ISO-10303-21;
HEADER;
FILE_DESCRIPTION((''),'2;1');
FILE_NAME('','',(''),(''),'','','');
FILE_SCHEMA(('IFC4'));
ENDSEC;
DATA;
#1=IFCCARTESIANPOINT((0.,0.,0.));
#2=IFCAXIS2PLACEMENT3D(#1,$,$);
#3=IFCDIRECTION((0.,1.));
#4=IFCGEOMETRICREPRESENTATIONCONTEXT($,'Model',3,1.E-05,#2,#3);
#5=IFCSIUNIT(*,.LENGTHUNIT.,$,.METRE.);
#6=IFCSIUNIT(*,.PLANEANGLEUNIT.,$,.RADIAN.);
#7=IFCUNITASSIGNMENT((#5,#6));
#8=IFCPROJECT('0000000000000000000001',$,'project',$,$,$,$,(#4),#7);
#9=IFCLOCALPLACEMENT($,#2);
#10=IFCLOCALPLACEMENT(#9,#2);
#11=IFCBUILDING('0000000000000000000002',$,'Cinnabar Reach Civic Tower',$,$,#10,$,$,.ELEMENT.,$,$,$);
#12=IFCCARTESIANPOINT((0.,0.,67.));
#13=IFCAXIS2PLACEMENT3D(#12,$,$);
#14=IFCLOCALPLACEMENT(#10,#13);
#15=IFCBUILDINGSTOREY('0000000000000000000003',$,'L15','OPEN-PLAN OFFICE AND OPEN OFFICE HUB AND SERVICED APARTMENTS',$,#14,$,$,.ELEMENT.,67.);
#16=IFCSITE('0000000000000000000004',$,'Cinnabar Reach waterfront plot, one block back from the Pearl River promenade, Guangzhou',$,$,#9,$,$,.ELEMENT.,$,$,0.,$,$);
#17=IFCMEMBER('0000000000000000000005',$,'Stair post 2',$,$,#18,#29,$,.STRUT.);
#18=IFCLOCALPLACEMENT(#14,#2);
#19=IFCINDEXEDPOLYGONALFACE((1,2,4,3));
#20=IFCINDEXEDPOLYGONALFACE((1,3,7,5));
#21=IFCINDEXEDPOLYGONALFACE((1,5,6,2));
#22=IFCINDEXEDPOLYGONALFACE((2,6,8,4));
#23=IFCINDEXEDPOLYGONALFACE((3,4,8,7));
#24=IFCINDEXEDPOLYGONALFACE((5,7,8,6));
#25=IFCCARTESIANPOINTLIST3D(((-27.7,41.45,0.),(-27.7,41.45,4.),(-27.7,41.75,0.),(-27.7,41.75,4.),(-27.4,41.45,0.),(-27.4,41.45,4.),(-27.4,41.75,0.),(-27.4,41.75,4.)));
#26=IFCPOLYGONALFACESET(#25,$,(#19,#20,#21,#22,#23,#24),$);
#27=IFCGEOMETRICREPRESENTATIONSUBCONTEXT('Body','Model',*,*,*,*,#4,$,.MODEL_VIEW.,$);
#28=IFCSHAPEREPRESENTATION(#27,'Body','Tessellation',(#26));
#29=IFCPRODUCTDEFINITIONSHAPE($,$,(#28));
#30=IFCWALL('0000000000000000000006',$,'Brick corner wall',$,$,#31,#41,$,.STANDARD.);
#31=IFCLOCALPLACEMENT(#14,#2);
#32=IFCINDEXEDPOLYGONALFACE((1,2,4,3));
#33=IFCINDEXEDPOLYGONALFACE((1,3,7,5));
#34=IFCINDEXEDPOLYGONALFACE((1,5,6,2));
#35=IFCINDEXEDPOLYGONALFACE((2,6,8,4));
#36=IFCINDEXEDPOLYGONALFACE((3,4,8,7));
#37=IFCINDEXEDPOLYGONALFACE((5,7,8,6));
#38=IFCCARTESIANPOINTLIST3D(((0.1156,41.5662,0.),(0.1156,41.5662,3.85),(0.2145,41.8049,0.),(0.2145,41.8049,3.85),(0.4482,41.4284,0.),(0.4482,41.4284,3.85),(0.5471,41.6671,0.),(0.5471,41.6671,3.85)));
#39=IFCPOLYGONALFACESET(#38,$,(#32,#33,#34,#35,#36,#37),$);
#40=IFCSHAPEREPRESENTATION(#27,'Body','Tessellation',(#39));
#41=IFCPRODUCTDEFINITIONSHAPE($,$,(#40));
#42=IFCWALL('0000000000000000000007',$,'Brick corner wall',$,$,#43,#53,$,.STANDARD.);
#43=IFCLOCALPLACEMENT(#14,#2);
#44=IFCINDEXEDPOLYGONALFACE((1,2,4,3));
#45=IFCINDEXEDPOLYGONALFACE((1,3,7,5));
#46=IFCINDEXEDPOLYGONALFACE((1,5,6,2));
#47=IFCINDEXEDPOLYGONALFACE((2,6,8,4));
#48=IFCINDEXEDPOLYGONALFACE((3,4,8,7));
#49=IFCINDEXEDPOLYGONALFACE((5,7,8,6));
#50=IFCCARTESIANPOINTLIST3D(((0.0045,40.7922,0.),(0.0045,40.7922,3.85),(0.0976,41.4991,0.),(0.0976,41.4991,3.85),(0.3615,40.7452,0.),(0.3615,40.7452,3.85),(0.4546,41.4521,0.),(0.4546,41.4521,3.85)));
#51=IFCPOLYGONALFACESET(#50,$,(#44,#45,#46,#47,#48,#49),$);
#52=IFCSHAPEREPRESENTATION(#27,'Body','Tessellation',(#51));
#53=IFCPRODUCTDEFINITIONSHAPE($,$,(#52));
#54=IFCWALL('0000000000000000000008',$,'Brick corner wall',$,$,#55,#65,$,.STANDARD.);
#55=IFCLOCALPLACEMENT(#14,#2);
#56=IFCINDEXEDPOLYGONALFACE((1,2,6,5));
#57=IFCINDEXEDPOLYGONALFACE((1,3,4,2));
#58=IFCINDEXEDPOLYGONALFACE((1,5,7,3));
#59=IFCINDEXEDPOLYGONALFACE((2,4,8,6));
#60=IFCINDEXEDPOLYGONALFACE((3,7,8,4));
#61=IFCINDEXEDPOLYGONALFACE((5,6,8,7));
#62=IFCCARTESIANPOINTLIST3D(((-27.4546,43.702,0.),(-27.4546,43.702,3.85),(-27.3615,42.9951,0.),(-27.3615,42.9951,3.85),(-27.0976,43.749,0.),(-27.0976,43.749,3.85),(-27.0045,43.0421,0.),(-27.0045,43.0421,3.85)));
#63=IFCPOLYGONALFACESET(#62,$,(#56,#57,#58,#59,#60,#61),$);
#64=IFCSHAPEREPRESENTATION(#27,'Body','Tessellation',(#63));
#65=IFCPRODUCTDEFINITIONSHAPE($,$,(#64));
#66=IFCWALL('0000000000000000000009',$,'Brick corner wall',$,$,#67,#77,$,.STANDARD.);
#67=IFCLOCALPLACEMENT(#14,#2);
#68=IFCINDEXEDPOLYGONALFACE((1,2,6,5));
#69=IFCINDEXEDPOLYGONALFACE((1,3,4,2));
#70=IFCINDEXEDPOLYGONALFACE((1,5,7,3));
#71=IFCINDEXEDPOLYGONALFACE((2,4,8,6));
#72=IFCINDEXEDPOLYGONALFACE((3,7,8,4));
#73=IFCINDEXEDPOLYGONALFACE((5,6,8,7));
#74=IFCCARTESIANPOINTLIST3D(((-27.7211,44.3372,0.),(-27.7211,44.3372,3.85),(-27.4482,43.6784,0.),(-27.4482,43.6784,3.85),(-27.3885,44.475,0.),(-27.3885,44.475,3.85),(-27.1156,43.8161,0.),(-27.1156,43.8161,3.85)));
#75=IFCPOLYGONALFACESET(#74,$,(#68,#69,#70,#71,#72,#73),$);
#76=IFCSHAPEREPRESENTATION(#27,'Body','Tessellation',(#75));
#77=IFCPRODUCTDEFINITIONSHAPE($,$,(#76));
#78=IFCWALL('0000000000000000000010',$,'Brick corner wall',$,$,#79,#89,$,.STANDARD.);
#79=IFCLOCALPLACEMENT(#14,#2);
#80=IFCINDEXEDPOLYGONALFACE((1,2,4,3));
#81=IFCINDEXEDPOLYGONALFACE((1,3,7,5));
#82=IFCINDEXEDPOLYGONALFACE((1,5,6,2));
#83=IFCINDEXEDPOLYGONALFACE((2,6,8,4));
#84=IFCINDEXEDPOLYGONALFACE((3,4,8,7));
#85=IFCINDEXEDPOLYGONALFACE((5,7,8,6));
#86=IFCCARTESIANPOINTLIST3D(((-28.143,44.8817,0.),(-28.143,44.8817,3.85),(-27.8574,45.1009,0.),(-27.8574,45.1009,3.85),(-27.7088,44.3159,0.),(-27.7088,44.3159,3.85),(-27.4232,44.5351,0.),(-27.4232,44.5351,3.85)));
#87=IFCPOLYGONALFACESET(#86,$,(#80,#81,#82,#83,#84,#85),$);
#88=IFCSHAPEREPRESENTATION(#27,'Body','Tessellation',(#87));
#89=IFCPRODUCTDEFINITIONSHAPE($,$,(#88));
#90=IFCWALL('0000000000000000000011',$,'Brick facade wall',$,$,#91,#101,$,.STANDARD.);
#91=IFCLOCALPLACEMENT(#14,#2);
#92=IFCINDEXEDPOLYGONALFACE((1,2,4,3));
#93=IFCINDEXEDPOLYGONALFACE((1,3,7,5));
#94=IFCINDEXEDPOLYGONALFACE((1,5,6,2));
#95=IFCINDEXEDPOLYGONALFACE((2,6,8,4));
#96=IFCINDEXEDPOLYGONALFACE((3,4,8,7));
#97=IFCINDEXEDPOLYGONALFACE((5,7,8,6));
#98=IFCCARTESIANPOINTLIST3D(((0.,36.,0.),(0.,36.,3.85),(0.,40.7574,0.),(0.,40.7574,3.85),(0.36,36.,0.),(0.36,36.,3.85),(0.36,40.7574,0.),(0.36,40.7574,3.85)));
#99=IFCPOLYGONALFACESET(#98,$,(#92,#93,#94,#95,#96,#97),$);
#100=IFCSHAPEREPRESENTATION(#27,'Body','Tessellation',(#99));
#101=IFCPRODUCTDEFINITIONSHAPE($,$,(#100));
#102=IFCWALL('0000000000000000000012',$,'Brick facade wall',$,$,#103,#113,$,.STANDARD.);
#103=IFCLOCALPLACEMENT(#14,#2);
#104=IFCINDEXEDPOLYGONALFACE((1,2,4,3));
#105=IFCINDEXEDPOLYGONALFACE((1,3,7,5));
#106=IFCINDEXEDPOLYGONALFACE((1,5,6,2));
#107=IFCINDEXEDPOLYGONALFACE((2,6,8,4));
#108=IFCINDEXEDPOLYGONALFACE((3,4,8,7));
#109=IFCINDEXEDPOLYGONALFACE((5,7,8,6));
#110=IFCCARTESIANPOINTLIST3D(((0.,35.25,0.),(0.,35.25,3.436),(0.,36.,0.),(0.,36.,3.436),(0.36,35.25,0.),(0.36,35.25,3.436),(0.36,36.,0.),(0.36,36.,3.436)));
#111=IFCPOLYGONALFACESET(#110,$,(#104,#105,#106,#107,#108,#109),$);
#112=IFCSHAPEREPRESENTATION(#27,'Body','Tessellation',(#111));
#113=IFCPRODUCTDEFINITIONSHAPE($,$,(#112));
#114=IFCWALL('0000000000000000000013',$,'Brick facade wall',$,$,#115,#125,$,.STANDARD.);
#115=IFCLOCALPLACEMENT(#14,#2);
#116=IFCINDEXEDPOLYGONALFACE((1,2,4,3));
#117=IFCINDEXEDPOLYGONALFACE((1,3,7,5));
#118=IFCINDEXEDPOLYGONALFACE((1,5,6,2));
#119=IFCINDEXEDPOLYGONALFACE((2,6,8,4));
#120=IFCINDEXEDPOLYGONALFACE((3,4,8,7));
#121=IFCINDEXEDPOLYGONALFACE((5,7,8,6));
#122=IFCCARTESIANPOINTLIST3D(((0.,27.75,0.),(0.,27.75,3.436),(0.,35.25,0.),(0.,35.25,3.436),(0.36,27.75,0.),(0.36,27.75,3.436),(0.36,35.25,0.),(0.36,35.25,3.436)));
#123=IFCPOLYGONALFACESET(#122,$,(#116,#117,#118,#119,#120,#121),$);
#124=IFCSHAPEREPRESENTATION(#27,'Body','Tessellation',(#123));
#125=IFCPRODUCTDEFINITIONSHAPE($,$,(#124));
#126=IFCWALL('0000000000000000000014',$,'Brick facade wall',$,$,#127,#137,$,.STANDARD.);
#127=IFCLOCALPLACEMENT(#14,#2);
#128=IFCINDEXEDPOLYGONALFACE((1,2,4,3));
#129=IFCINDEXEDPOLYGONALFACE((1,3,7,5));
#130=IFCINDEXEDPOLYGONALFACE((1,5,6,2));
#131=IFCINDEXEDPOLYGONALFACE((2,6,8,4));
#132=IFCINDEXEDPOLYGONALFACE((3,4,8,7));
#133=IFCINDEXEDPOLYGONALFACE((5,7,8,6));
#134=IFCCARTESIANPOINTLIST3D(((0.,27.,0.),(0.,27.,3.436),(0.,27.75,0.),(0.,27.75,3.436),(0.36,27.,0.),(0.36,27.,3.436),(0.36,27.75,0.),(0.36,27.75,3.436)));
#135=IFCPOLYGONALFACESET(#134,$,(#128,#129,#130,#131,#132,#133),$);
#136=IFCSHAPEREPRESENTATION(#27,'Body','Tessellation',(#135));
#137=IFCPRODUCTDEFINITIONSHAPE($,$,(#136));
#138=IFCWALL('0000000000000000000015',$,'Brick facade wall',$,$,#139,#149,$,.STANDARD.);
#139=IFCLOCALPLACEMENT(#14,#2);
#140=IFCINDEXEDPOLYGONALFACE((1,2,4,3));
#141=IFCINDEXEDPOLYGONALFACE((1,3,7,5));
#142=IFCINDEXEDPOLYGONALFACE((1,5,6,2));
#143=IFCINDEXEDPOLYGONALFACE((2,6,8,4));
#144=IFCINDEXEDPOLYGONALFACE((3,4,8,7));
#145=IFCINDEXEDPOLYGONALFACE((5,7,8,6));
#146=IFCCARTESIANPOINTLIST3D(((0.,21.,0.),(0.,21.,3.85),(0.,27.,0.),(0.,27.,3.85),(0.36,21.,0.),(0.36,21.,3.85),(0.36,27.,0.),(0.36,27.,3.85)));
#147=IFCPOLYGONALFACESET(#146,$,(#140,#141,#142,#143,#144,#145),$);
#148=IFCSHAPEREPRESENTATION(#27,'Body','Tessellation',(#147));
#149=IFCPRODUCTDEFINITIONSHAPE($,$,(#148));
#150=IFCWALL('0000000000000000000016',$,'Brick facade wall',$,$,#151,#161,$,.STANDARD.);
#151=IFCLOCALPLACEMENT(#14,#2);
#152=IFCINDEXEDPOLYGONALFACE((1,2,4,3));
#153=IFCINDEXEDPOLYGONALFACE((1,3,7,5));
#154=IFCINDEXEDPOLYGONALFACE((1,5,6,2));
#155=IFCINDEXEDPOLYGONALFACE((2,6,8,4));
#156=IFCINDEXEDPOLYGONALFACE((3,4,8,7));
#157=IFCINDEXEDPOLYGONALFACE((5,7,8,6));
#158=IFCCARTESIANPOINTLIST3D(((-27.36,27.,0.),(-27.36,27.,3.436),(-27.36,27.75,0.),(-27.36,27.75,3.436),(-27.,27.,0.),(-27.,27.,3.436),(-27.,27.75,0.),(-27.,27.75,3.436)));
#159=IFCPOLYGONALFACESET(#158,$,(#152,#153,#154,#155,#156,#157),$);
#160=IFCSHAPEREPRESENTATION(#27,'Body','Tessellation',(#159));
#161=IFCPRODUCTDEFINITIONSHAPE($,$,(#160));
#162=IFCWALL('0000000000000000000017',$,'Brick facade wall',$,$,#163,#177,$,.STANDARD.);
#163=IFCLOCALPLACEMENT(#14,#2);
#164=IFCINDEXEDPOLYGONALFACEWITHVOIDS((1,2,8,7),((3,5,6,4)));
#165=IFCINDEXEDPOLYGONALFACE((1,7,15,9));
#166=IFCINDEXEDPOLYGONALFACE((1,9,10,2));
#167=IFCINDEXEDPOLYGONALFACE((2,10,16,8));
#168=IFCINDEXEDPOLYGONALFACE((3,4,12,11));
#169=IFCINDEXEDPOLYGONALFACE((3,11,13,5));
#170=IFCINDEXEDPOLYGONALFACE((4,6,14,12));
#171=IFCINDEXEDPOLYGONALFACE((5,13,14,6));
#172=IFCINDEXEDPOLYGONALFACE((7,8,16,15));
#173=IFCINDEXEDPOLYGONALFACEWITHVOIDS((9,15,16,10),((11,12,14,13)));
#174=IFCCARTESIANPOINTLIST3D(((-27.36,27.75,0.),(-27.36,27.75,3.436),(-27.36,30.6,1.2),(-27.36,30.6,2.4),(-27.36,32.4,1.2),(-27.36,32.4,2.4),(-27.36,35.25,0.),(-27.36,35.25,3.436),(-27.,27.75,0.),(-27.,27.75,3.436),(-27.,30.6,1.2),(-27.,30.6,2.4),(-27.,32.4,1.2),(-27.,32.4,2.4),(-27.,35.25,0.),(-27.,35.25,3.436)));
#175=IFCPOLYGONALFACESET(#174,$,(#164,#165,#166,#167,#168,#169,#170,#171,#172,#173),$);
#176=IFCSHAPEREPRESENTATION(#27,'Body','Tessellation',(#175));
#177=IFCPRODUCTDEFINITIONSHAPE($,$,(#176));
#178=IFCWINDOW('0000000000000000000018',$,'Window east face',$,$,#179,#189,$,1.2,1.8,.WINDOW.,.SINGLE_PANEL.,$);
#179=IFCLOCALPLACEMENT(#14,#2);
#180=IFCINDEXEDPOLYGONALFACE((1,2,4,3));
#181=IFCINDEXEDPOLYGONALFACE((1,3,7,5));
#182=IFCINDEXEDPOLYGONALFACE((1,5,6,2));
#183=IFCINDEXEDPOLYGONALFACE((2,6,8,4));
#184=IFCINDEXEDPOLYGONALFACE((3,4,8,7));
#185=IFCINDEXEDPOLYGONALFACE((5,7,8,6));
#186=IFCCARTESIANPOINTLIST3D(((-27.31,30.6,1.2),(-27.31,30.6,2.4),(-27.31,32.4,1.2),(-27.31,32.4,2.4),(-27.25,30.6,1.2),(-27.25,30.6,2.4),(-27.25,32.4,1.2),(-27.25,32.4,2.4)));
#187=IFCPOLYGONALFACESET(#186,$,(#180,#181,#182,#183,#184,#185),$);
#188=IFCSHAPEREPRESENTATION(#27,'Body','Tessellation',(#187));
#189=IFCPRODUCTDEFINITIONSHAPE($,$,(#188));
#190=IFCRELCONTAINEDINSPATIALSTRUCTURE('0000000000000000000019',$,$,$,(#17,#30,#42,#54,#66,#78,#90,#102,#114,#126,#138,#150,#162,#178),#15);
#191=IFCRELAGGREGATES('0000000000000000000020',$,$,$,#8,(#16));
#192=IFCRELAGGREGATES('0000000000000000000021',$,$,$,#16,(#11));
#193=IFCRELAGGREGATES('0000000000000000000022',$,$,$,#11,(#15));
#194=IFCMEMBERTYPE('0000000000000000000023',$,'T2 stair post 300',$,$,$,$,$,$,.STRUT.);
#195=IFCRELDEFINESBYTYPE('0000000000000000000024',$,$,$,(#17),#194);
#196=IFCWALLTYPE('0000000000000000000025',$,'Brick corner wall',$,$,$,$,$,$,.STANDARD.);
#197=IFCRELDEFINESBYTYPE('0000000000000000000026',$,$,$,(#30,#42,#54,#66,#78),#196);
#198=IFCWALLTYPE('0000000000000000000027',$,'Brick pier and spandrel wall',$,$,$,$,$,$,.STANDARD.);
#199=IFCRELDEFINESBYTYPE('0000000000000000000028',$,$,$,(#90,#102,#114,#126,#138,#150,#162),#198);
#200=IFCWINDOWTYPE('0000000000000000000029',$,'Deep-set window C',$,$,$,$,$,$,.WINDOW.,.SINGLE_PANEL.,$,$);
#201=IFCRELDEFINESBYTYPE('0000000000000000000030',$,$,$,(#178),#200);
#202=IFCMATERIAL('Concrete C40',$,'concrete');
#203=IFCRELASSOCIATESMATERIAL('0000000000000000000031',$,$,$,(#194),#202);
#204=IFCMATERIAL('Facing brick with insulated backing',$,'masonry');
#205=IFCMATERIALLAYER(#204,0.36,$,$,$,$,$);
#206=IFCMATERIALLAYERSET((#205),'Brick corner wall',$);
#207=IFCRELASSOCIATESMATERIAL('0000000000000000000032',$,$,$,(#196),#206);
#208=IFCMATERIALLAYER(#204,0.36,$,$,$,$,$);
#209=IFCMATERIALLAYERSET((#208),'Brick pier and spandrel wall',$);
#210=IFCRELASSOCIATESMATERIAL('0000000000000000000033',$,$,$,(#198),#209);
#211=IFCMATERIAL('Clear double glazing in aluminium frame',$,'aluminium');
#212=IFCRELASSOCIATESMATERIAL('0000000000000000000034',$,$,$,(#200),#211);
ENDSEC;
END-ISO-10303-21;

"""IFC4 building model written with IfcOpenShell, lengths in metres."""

from ifc_helpers import new_model, si_unit, direction, frame, frame_2d, origin, origin_2d, place, context, subcontext, project, spatial, rectangle, extrude, material, layer, layer_set, material_profile, profile_set, type_object, element, fill, save


model = new_model("IFC4")

# Units and contexts
model_context = context("Model", 3, precision=1e-05, world=origin(), true_north=direction((0.0, 1.0)))
body_context = subcontext(model_context, "Body", "Model", "MODEL_VIEW")
ifc_project = project(units=[si_unit("LENGTHUNIT", "METRE"), si_unit("PLANEANGLEUNIT", "RADIAN")], contexts=[model_context])

# Site, building, storey
site_placement = place(None, origin())
site = spatial("IfcSite", under=ifc_project, at=site_placement, Name="Cinnabar Reach waterfront plot, one block back from the Pearl River promenade, Guangzhou", CompositionType="ELEMENT", RefElevation=0.0)
building_placement = place(site_placement, origin())
building = spatial("IfcBuilding", under=site, at=building_placement, Name="Cinnabar Reach Civic Tower", CompositionType="ELEMENT")
storey_placement = place(building_placement, frame((0.0, 0.0, 67.0)))
storey = spatial("IfcBuildingStorey", under=building, at=storey_placement, Name="L15", Description="OPEN-PLAN OFFICE AND OPEN OFFICE HUB AND SERVICED APARTMENTS", CompositionType="ELEMENT", Elevation=67.0)

# Member
ifc_material_1 = material(Name="Concrete C40", Category="concrete")
ifc_material_profile_1 = material_profile(ifc_material_1, rectangle(XDim=0.3, YDim=0.3, at=origin_2d()), Name="C300")
ifc_profile_set_1 = profile_set([ifc_material_profile_1], Name="Concrete C40")
member_type_1 = type_object("IfcMemberType", Name="T2 stair post 300", PredefinedType="STRUT", material=ifc_profile_set_1)
member_placement = place(storey_placement, frame((-27.55, 41.6, 0.0), z_axis=(0.0, 0.0, 1.0), x_axis=(1.0, 0.0, 0.0)))
element("IfcMember", 1, at=member_placement, inside=storey, type_object=member_type_1, Name="Stair post 2", PredefinedType="STRUT", context=body_context, shape_type="SweptSolid", body=[
    extrude(rectangle(XDim=0.3, YDim=0.3, at=origin_2d()), origin(), (0.0, 0.0, 1.0), 4.0),
])

# Walls
ifc_material_2 = material(Name="Facing brick with insulated backing", Category="masonry")
ifc_layer_1 = layer(ifc_material_2, 0.36)
ifc_layer_set_1 = layer_set([ifc_layer_1], Name="Brick corner wall")
wall_type_1 = type_object("IfcWallType", Name="Brick corner wall", PredefinedType="STANDARD", material=ifc_layer_set_1)
wall_1_placement = place(storey_placement, frame((0.3808, 41.736, 0.0), z_axis=(0.0, 0.0, 1.0), x_axis=(-0.382773, -0.923842, 0.0)))
element("IfcWall", 2, at=wall_1_placement, inside=storey, type_object=wall_type_1, Name="Brick corner wall", PredefinedType="STANDARD", context=body_context, shape_type="SweptSolid", body=[
    extrude(rectangle(XDim=0.2584, YDim=0.36, at=frame_2d((0.1292, 0.0))), origin(), (0.0, 0.0, 1.0), 3.85),
])
for number, where, z_axis, x_axis, name in (
    (3, (0.2761, 41.4756, 0.0), (0.0, 0.0, 1.0), (-0.130556, -0.991441, 0.0), "Brick corner wall"),
    (4, (-27.183, 43.0186, 0.0), (0.0, 0.0, 1.0), (-0.130556, 0.991441, 0.0), "Brick corner wall"),
    (5, (-27.2819, 43.7473, 0.0), (0.0, 0.0, 1.0), (-0.382703, 0.923872, 0.0), "Brick corner wall"),
):
    element("IfcWall", number, at=place(storey_placement, frame(where, z_axis=z_axis, x_axis=x_axis)), inside=storey, type_object=wall_type_1, Name=name, PredefinedType="STANDARD", context=body_context, shape_type="SweptSolid", body=[
        extrude(rectangle(XDim=0.7131, YDim=0.36, at=frame_2d((0.3565, 0.0))), origin(), (0.0, 0.0, 1.0), 3.85),
    ])
wall_2_placement = place(storey_placement, frame((-27.566, 44.4255, 0.0), z_axis=(0.0, 0.0, 1.0), x_axis=(-0.608802, 0.793322, 0.0)))
element("IfcWall", 6, at=wall_2_placement, inside=storey, type_object=wall_type_1, Name="Brick corner wall", PredefinedType="STANDARD", context=body_context, shape_type="SweptSolid", body=[
    extrude(rectangle(XDim=0.7132, YDim=0.36, at=frame_2d((0.3566, 0.0))), origin(), (0.0, 0.0, 1.0), 3.85),
])
ifc_layer_2 = layer(ifc_material_2, 0.36)
ifc_layer_set_2 = layer_set([ifc_layer_2], Name="Brick pier and spandrel wall")
wall_type_2 = type_object("IfcWallType", Name="Brick pier and spandrel wall", PredefinedType="STANDARD", material=ifc_layer_set_2)
wall_3_placement = place(storey_placement, frame((0.18, 40.7574, 0.0), z_axis=(0.0, 0.0, 1.0), x_axis=(0.0, -1.0, 0.0)))
element("IfcWall", 7, at=wall_3_placement, inside=storey, type_object=wall_type_2, Name="Brick facade wall", PredefinedType="STANDARD", context=body_context, shape_type="SweptSolid", body=[
    extrude(rectangle(XDim=4.7574, YDim=0.36, at=frame_2d((2.3787, 0.0))), origin(), (0.0, 0.0, 1.0), 3.85),
])
wall_4_placement = place(storey_placement, frame((0.18, 36.0, 0.0), z_axis=(0.0, 0.0, 1.0), x_axis=(0.0, -1.0, 0.0)))
element("IfcWall", 8, at=wall_4_placement, inside=storey, type_object=wall_type_2, Name="Brick facade wall", PredefinedType="STANDARD", context=body_context, shape_type="SweptSolid", body=[
    extrude(rectangle(XDim=0.75, YDim=0.36, at=frame_2d((0.375, 0.0))), origin(), (0.0, 0.0, 1.0), 3.436),
])
wall_5_placement = place(storey_placement, frame((0.18, 35.25, 0.0), z_axis=(0.0, 0.0, 1.0), x_axis=(0.0, -1.0, 0.0)))
element("IfcWall", 9, at=wall_5_placement, inside=storey, type_object=wall_type_2, Name="Brick facade wall", PredefinedType="STANDARD", context=body_context, shape_type="SweptSolid", body=[
    extrude(rectangle(XDim=7.5, YDim=0.36, at=frame_2d((3.75, 0.0))), origin(), (0.0, 0.0, 1.0), 3.436),
])
wall_6_placement = place(storey_placement, frame((0.18, 27.75, 0.0), z_axis=(0.0, 0.0, 1.0), x_axis=(0.0, -1.0, 0.0)))
element("IfcWall", 10, at=wall_6_placement, inside=storey, type_object=wall_type_2, Name="Brick facade wall", PredefinedType="STANDARD", context=body_context, shape_type="SweptSolid", body=[
    extrude(rectangle(XDim=0.75, YDim=0.36, at=frame_2d((0.375, 0.0))), origin(), (0.0, 0.0, 1.0), 3.436),
])
wall_7_placement = place(storey_placement, frame((0.18, 27.0, 0.0), z_axis=(0.0, 0.0, 1.0), x_axis=(0.0, -1.0, 0.0)))
element("IfcWall", 11, at=wall_7_placement, inside=storey, type_object=wall_type_2, Name="Brick facade wall", PredefinedType="STANDARD", context=body_context, shape_type="SweptSolid", body=[
    extrude(rectangle(XDim=6.0, YDim=0.36, at=frame_2d((3.0, 0.0))), origin(), (0.0, 0.0, 1.0), 3.85),
])
wall_8_placement = place(storey_placement, frame((-27.18, 27.0, 0.0), z_axis=(0.0, 0.0, 1.0), x_axis=(0.0, 1.0, 0.0)))
element("IfcWall", 12, at=wall_8_placement, inside=storey, type_object=wall_type_2, Name="Brick facade wall", PredefinedType="STANDARD", context=body_context, shape_type="SweptSolid", body=[
    extrude(rectangle(XDim=0.75, YDim=0.36, at=frame_2d((0.375, 0.0))), origin(), (0.0, 0.0, 1.0), 3.436),
])

# Wall, opening, window
wall_9_placement = place(storey_placement, frame((-27.18, 27.75, 0.0), z_axis=(0.0, 0.0, 1.0), x_axis=(0.0, 1.0, 0.0)))
wall_9 = element("IfcWall", 13, at=wall_9_placement, inside=storey, type_object=wall_type_2, Name="Brick facade wall", PredefinedType="STANDARD", context=body_context, shape_type="SweptSolid", body=[
    extrude(rectangle(XDim=7.5, YDim=0.36, at=frame_2d((3.75, 0.0))), origin(), (0.0, 0.0, 1.0), 3.436),
])
opening_1_placement = place(wall_9_placement, frame((2.85, 0.0, 1.2)))
opening_1 = element("IfcOpeningElement", 14, at=opening_1_placement, cuts=wall_9, PredefinedType="OPENING", context=body_context, shape_type="SweptSolid", body=[
    extrude(rectangle(XDim=1.8, YDim=1.2, at=frame_2d((0.9, 0.6))), frame((0.0, 0.19, 0.0), z_axis=(0.0, -1.0, 0.0), x_axis=(1.0, 0.0, 0.0)), (0.0, 0.0, 1.0), 0.38),
])
ifc_material_3 = material(Name="Clear double glazing in aluminium frame", Category="aluminium")
window_type = type_object("IfcWindowType", Name="Deep-set window C", PartitioningType="SINGLE_PANEL", PredefinedType="WINDOW", material=ifc_material_3)
window_placement = place(opening_1_placement, origin())
window = element("IfcWindow", 15, at=window_placement, inside=storey, type_object=window_type, Name="Window east face", OverallHeight=1.2, OverallWidth=1.8, PartitioningType="SINGLE_PANEL", PredefinedType="WINDOW", context=body_context, shape_type="SweptSolid", body=[
    extrude(rectangle(XDim=1.8, YDim=1.2, at=frame_2d((0.9, 0.6))), frame((0.0, 0.13, 0.0), z_axis=(0.0, -1.0, 0.0), x_axis=(1.0, 0.0, 0.0)), (0.0, 0.0, 1.0), 0.06),
])
fill(opening_1, window)

save(model, "model.ifc")
